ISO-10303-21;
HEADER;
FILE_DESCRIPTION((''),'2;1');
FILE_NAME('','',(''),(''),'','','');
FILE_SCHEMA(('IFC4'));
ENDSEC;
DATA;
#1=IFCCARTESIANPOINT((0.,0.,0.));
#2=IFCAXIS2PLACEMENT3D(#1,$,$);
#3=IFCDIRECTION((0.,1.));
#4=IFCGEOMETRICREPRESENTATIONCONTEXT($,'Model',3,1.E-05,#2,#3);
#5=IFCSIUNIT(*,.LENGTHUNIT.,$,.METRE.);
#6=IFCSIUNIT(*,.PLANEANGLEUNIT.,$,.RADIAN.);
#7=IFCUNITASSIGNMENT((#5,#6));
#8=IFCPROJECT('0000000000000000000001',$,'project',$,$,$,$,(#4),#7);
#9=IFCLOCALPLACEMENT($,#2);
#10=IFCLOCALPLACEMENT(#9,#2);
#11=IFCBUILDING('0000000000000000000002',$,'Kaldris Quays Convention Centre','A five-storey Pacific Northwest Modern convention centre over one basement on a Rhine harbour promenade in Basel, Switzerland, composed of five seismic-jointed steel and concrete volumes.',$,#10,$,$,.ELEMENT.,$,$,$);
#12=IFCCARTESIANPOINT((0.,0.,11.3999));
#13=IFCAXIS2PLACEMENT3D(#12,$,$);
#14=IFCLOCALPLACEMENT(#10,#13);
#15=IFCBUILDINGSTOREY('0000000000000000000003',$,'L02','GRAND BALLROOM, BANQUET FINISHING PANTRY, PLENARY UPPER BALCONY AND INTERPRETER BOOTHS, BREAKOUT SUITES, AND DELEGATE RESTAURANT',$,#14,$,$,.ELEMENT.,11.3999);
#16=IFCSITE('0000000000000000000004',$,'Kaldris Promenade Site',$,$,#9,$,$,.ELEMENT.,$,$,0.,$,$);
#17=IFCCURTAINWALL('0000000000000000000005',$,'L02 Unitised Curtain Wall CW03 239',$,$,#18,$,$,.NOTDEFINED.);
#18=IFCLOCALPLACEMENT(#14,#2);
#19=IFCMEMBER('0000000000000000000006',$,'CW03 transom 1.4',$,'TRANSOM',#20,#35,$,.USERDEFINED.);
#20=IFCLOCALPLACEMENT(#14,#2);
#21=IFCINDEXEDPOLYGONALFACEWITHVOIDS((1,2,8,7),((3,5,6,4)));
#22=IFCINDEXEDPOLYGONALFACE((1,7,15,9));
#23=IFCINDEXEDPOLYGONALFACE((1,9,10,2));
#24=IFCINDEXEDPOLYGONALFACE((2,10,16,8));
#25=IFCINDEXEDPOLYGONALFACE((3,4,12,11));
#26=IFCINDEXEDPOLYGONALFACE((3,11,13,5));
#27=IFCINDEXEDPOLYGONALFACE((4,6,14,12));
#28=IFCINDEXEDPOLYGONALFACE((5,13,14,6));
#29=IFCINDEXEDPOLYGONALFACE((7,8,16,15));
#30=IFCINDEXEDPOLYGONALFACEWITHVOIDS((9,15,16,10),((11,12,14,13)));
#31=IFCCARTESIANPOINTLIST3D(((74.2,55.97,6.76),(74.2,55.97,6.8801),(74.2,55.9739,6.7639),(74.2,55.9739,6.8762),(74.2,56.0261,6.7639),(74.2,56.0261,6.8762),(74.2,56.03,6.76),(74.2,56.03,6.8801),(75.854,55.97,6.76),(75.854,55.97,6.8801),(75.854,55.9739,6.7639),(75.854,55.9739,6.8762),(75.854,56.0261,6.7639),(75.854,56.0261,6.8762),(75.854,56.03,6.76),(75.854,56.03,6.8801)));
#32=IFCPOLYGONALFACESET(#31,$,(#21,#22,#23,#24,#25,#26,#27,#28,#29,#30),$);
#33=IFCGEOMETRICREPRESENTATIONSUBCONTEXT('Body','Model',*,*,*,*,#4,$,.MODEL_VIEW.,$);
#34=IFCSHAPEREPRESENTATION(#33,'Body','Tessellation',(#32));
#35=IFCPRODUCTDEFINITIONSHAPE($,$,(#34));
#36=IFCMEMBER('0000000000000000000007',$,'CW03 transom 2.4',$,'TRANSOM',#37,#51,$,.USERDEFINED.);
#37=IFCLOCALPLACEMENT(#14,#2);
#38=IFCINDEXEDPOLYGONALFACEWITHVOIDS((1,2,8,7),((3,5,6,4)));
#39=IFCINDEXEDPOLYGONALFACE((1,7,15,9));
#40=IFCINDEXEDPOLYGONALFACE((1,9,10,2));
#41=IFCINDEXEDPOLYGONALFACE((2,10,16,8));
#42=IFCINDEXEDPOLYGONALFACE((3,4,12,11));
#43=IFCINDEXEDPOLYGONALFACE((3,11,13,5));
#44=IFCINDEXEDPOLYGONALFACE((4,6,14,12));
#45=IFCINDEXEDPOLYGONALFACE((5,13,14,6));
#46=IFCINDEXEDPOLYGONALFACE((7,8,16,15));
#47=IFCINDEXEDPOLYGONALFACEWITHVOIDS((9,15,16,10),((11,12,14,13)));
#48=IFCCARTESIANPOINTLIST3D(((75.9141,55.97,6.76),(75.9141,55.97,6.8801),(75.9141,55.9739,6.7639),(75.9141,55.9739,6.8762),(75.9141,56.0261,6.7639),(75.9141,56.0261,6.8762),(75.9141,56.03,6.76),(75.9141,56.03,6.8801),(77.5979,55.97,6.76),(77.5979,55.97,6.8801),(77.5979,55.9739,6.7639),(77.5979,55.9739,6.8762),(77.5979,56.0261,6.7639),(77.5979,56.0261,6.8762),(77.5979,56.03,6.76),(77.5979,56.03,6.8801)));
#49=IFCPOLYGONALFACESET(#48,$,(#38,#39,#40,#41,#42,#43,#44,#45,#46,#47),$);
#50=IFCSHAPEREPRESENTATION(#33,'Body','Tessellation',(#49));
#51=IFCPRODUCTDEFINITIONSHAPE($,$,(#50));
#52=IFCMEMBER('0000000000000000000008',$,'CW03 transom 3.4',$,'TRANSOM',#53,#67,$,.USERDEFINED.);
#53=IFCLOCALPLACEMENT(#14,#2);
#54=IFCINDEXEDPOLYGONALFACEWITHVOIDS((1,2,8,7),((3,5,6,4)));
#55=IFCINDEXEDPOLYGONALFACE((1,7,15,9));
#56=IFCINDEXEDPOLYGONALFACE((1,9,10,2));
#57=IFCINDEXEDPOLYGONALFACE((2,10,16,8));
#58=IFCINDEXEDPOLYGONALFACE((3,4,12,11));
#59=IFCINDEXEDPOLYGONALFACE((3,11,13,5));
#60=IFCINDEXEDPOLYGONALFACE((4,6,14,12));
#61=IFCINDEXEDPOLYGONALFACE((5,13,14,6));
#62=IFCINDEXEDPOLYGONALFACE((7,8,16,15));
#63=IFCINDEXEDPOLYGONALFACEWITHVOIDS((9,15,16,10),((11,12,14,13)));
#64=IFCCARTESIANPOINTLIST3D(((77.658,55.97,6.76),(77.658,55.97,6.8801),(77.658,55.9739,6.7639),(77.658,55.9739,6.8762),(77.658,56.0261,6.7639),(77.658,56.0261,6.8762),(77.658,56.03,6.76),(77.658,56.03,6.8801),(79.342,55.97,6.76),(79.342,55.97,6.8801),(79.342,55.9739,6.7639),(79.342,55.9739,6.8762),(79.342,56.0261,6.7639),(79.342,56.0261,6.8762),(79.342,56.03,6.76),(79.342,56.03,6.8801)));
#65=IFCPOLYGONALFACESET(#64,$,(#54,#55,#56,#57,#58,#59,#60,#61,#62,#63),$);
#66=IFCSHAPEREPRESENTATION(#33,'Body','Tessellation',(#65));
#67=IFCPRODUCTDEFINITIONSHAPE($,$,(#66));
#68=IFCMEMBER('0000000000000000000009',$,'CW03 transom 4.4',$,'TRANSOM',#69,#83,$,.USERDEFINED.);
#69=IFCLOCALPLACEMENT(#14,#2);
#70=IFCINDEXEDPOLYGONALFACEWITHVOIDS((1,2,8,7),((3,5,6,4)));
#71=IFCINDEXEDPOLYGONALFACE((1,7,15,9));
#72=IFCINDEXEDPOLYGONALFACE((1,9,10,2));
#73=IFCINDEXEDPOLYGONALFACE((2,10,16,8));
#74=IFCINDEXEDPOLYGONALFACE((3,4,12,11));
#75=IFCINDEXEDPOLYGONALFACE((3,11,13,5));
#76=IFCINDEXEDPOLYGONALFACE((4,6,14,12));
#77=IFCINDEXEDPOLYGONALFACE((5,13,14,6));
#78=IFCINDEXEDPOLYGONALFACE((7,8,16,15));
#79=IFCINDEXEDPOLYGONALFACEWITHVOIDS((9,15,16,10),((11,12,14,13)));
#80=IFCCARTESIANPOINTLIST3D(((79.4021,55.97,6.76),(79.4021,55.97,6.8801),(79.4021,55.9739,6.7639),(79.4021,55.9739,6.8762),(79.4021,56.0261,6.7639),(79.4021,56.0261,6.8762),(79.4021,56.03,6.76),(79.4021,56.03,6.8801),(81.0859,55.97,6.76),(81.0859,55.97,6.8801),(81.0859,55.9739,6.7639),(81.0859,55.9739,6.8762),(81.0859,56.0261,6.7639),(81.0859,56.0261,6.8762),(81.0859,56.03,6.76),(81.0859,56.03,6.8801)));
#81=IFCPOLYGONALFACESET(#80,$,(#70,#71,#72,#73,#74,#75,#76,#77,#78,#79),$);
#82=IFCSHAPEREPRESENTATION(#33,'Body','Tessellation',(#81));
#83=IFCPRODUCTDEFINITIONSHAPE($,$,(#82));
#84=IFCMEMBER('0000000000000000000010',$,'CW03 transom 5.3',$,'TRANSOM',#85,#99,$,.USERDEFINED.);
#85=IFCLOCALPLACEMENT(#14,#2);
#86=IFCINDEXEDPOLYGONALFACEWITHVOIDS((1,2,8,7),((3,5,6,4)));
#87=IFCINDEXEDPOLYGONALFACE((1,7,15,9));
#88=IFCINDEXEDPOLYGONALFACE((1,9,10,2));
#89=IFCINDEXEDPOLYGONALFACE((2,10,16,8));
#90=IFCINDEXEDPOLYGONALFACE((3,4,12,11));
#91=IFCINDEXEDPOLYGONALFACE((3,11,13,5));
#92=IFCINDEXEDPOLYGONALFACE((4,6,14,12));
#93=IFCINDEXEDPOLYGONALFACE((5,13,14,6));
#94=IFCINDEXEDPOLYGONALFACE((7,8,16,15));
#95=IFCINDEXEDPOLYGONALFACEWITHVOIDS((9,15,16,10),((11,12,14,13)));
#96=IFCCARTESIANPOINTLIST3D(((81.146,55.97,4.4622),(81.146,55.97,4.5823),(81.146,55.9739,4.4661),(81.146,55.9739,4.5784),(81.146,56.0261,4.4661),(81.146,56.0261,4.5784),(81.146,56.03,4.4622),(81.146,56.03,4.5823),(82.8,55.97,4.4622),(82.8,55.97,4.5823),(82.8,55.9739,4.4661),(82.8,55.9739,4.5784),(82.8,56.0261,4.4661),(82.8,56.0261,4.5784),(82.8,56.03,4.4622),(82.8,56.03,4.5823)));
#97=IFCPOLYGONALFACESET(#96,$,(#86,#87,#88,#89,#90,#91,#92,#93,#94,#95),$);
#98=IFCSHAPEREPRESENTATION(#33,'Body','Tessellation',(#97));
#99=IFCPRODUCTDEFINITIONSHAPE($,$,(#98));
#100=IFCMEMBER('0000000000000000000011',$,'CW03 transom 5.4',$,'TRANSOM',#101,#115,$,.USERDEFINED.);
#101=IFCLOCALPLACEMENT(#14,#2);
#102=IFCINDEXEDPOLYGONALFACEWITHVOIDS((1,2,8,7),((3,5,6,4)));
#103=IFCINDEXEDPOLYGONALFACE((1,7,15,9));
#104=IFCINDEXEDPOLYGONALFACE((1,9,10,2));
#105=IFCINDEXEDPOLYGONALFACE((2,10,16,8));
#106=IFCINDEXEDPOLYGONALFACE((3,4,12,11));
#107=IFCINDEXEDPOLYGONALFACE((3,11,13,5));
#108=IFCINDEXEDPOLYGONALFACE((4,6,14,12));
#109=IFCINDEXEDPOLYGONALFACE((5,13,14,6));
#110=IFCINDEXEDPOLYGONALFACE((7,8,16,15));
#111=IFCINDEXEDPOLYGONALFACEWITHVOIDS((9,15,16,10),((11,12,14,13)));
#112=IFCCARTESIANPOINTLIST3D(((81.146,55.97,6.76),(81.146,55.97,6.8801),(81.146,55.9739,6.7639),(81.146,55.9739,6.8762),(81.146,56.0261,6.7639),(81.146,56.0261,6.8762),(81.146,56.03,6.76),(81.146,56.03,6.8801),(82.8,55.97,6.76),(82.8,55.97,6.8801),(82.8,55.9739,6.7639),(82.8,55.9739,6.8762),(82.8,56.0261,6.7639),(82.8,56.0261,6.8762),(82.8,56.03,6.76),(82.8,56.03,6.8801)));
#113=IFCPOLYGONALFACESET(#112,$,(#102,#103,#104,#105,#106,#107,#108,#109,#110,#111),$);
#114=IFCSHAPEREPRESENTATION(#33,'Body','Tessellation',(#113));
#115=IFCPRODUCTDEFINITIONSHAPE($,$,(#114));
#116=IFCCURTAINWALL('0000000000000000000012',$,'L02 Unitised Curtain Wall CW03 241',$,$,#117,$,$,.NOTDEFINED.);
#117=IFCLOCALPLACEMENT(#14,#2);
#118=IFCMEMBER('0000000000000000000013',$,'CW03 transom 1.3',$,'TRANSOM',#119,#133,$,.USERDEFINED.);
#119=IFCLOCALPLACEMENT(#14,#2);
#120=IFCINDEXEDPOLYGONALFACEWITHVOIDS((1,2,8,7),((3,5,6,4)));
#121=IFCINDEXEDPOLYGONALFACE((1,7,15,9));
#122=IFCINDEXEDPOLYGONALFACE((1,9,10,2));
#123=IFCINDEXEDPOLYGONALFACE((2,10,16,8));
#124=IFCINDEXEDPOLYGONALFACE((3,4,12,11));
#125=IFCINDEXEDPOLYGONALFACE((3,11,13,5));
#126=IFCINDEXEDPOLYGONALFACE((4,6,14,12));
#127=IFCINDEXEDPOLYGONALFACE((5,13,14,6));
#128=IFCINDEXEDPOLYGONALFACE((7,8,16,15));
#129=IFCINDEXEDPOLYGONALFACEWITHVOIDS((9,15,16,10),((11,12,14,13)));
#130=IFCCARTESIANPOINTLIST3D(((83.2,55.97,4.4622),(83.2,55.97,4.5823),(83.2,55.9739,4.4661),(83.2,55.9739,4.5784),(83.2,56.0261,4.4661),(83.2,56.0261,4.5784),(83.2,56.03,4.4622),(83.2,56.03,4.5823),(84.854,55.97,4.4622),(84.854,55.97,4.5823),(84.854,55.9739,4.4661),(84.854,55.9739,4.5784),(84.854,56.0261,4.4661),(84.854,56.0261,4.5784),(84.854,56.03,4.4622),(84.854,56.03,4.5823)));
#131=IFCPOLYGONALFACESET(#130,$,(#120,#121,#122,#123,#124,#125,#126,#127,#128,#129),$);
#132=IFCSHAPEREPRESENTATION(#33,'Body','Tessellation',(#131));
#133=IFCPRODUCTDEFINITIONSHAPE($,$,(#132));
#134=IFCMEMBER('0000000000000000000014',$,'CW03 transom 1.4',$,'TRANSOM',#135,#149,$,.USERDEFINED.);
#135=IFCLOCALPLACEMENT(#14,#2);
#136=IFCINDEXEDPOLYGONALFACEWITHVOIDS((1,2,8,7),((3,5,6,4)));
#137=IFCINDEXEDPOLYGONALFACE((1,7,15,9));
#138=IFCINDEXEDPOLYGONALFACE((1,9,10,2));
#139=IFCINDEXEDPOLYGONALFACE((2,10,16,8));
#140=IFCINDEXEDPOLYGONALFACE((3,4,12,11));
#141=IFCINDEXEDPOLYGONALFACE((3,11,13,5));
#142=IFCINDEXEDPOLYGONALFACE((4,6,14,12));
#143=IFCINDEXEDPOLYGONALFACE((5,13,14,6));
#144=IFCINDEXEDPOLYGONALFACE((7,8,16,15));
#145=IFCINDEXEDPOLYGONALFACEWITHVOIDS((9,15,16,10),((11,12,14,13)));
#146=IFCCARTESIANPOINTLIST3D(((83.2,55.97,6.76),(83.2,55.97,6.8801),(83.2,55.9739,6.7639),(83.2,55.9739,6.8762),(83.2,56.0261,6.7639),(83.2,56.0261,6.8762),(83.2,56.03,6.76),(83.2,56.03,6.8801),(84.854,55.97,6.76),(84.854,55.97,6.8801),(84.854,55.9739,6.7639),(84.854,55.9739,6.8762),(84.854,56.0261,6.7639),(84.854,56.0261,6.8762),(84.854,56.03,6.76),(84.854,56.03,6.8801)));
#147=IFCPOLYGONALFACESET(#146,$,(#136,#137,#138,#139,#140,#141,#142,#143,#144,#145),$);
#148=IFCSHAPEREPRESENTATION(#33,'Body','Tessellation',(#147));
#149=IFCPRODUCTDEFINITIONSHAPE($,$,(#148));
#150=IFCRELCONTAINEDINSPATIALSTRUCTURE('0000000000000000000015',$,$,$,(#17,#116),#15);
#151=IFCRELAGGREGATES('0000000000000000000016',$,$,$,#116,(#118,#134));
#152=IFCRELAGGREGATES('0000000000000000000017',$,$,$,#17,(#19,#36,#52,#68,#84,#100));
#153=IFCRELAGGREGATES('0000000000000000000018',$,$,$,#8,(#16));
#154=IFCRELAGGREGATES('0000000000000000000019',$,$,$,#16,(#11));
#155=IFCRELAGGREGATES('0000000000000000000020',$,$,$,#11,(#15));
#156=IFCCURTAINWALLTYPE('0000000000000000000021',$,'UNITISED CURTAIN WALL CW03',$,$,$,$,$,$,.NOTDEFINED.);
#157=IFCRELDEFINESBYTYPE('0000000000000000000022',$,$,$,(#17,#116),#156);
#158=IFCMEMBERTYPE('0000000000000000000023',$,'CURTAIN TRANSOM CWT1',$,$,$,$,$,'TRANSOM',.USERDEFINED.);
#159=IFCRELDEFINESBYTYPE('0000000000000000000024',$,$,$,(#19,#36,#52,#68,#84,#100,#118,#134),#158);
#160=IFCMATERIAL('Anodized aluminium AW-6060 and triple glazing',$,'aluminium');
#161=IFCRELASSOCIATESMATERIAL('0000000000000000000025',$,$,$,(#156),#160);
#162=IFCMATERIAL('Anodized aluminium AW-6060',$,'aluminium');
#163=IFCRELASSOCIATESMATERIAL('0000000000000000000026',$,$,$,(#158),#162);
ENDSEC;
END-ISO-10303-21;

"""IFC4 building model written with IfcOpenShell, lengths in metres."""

from ifc_helpers import new_model, si_unit, direction, frame, origin, origin_2d, place, context, subcontext, project, spatial, hollow_rectangle, extrude, material, material_profile, profile_set, type_object, element, aggregate, save


model = new_model("IFC4")

# Units and contexts
model_context = context("Model", 3, precision=1e-05, world=origin(), true_north=direction((0.0, 1.0)))
body_context = subcontext(model_context, "Body", "Model", "MODEL_VIEW")
ifc_project = project(units=[si_unit("LENGTHUNIT", "METRE"), si_unit("PLANEANGLEUNIT", "RADIAN")], contexts=[model_context])

# Site, building, storey
site_placement = place(None, origin())
site = spatial("IfcSite", under=ifc_project, at=site_placement, Name="Kaldris Promenade Site", CompositionType="ELEMENT", RefElevation=0.0)
building_placement = place(site_placement, origin())
building = spatial("IfcBuilding", under=site, at=building_placement, Name="Kaldris Quays Convention Centre", Description="A five-storey Pacific Northwest Modern convention centre over one basement on a Rhine harbour promenade in Basel, Switzerland, composed of five seismic-jointed steel and concrete volumes.", CompositionType="ELEMENT")
storey_placement = place(building_placement, frame((0.0, 0.0, 11.3999)))
storey = spatial("IfcBuildingStorey", under=building, at=storey_placement, Name="L02", Description="GRAND BALLROOM, BANQUET FINISHING PANTRY, PLENARY UPPER BALCONY AND INTERPRETER BOOTHS, BREAKOUT SUITES, AND DELEGATE RESTAURANT", CompositionType="ELEMENT", Elevation=11.3999)

# Curtain walls, members
ifc_material_1 = material(Name="Anodized aluminium AW-6060 and triple glazing", Category="aluminium")
curtain_wall_type = type_object("IfcCurtainWallType", Name="UNITISED CURTAIN WALL CW03", PredefinedType="NOTDEFINED", material=ifc_material_1)
curtain_wall_1_placement = place(storey_placement, origin())
curtain_wall_1 = element("IfcCurtainWall", 1, at=curtain_wall_1_placement, inside=storey, type_object=curtain_wall_type, Name="L02 Unitised Curtain Wall CW03 239", PredefinedType="NOTDEFINED")
ifc_material_2 = material(Name="Anodized aluminium AW-6060", Category="aluminium")
ifc_material_profile_1 = material_profile(ifc_material_2, hollow_rectangle(XDim=0.0601, YDim=0.1201, WallThickness=0.0039, at=origin_2d()), Name="RHS 120x60x4")
ifc_profile_set_1 = profile_set([ifc_material_profile_1], Name="Anodized aluminium AW-6060")
member_type_1 = type_object("IfcMemberType", Name="CURTAIN TRANSOM CWT1", ElementType="TRANSOM", PredefinedType="USERDEFINED", material=ifc_profile_set_1)
member_1_placement = place(storey_placement, frame((74.2, 56.0, 6.8201), z_axis=(1.0, 0.0, 0.0), x_axis=(0.0, 1.0, 0.0)))
member_1 = element("IfcMember", 2, at=member_1_placement, type_object=member_type_1, Name="CW03 transom 1.4", ObjectType="TRANSOM", PredefinedType="USERDEFINED", context=body_context, shape_type="SweptSolid", body=[
    extrude(hollow_rectangle(XDim=0.0601, YDim=0.1201, WallThickness=0.0039, at=origin_2d()), origin(), (0.0, 0.0, 1.0), 1.6541),
])
member_2_placement = place(storey_placement, frame((75.9141, 56.0, 6.8201), z_axis=(1.0, 0.0, 0.0), x_axis=(0.0, 1.0, 0.0)))
member_2 = element("IfcMember", 3, at=member_2_placement, type_object=member_type_1, Name="CW03 transom 2.4", ObjectType="TRANSOM", PredefinedType="USERDEFINED", context=body_context, shape_type="SweptSolid", body=[
    extrude(hollow_rectangle(XDim=0.0601, YDim=0.1201, WallThickness=0.0039, at=origin_2d()), origin(), (0.0, 0.0, 1.0), 1.6838),
])
member_3_placement = place(storey_placement, frame((77.658, 56.0, 6.8201), z_axis=(1.0, 0.0, 0.0), x_axis=(0.0, 1.0, 0.0)))
member_3 = element("IfcMember", 4, at=member_3_placement, type_object=member_type_1, Name="CW03 transom 3.4", ObjectType="TRANSOM", PredefinedType="USERDEFINED", context=body_context, shape_type="SweptSolid", body=[
    extrude(hollow_rectangle(XDim=0.0601, YDim=0.1201, WallThickness=0.0039, at=origin_2d()), origin(), (0.0, 0.0, 1.0), 1.6841),
])
member_4_placement = place(storey_placement, frame((79.4021, 56.0, 6.8201), z_axis=(1.0, 0.0, 0.0), x_axis=(0.0, 1.0, 0.0)))
member_4 = element("IfcMember", 5, at=member_4_placement, type_object=member_type_1, Name="CW03 transom 4.4", ObjectType="TRANSOM", PredefinedType="USERDEFINED", context=body_context, shape_type="SweptSolid", body=[
    extrude(hollow_rectangle(XDim=0.0601, YDim=0.1201, WallThickness=0.0039, at=origin_2d()), origin(), (0.0, 0.0, 1.0), 1.6838),
])
member_5_placement = place(storey_placement, frame((81.146, 56.0, 4.5222), z_axis=(1.0, 0.0, 0.0), x_axis=(0.0, 1.0, 0.0)))
member_5 = element("IfcMember", 6, at=member_5_placement, type_object=member_type_1, Name="CW03 transom 5.3", ObjectType="TRANSOM", PredefinedType="USERDEFINED", context=body_context, shape_type="SweptSolid", body=[
    extrude(hollow_rectangle(XDim=0.0601, YDim=0.1201, WallThickness=0.0039, at=origin_2d()), origin(), (0.0, 0.0, 1.0), 1.6541),
])
member_6_placement = place(storey_placement, frame((81.146, 56.0, 6.8201), z_axis=(1.0, 0.0, 0.0), x_axis=(0.0, 1.0, 0.0)))
member_6 = element("IfcMember", 7, at=member_6_placement, type_object=member_type_1, Name="CW03 transom 5.4", ObjectType="TRANSOM", PredefinedType="USERDEFINED", context=body_context, shape_type="SweptSolid", body=[
    extrude(hollow_rectangle(XDim=0.0601, YDim=0.1201, WallThickness=0.0039, at=origin_2d()), origin(), (0.0, 0.0, 1.0), 1.6541),
])
curtain_wall_2_placement = place(storey_placement, origin())
curtain_wall_2 = element("IfcCurtainWall", 8, at=curtain_wall_2_placement, inside=storey, type_object=curtain_wall_type, Name="L02 Unitised Curtain Wall CW03 241", PredefinedType="NOTDEFINED")
member_7_placement = place(storey_placement, frame((83.2, 56.0, 4.5222), z_axis=(1.0, 0.0, 0.0), x_axis=(0.0, 1.0, 0.0)))
member_7 = element("IfcMember", 9, at=member_7_placement, type_object=member_type_1, Name="CW03 transom 1.3", ObjectType="TRANSOM", PredefinedType="USERDEFINED", context=body_context, shape_type="SweptSolid", body=[
    extrude(hollow_rectangle(XDim=0.0601, YDim=0.1201, WallThickness=0.0039, at=origin_2d()), origin(), (0.0, 0.0, 1.0), 1.6541),
])
member_8_placement = place(storey_placement, frame((83.2, 56.0, 6.8201), z_axis=(1.0, 0.0, 0.0), x_axis=(0.0, 1.0, 0.0)))
member_8 = element("IfcMember", 10, at=member_8_placement, type_object=member_type_1, Name="CW03 transom 1.4", ObjectType="TRANSOM", PredefinedType="USERDEFINED", context=body_context, shape_type="SweptSolid", body=[
    extrude(hollow_rectangle(XDim=0.0601, YDim=0.1201, WallThickness=0.0039, at=origin_2d()), origin(), (0.0, 0.0, 1.0), 1.6541),
])
aggregate(curtain_wall_2, [member_7, member_8])

aggregate(curtain_wall_1, [member_1, member_2, member_3, member_4, member_5, member_6])

save(model, "model.ifc")
